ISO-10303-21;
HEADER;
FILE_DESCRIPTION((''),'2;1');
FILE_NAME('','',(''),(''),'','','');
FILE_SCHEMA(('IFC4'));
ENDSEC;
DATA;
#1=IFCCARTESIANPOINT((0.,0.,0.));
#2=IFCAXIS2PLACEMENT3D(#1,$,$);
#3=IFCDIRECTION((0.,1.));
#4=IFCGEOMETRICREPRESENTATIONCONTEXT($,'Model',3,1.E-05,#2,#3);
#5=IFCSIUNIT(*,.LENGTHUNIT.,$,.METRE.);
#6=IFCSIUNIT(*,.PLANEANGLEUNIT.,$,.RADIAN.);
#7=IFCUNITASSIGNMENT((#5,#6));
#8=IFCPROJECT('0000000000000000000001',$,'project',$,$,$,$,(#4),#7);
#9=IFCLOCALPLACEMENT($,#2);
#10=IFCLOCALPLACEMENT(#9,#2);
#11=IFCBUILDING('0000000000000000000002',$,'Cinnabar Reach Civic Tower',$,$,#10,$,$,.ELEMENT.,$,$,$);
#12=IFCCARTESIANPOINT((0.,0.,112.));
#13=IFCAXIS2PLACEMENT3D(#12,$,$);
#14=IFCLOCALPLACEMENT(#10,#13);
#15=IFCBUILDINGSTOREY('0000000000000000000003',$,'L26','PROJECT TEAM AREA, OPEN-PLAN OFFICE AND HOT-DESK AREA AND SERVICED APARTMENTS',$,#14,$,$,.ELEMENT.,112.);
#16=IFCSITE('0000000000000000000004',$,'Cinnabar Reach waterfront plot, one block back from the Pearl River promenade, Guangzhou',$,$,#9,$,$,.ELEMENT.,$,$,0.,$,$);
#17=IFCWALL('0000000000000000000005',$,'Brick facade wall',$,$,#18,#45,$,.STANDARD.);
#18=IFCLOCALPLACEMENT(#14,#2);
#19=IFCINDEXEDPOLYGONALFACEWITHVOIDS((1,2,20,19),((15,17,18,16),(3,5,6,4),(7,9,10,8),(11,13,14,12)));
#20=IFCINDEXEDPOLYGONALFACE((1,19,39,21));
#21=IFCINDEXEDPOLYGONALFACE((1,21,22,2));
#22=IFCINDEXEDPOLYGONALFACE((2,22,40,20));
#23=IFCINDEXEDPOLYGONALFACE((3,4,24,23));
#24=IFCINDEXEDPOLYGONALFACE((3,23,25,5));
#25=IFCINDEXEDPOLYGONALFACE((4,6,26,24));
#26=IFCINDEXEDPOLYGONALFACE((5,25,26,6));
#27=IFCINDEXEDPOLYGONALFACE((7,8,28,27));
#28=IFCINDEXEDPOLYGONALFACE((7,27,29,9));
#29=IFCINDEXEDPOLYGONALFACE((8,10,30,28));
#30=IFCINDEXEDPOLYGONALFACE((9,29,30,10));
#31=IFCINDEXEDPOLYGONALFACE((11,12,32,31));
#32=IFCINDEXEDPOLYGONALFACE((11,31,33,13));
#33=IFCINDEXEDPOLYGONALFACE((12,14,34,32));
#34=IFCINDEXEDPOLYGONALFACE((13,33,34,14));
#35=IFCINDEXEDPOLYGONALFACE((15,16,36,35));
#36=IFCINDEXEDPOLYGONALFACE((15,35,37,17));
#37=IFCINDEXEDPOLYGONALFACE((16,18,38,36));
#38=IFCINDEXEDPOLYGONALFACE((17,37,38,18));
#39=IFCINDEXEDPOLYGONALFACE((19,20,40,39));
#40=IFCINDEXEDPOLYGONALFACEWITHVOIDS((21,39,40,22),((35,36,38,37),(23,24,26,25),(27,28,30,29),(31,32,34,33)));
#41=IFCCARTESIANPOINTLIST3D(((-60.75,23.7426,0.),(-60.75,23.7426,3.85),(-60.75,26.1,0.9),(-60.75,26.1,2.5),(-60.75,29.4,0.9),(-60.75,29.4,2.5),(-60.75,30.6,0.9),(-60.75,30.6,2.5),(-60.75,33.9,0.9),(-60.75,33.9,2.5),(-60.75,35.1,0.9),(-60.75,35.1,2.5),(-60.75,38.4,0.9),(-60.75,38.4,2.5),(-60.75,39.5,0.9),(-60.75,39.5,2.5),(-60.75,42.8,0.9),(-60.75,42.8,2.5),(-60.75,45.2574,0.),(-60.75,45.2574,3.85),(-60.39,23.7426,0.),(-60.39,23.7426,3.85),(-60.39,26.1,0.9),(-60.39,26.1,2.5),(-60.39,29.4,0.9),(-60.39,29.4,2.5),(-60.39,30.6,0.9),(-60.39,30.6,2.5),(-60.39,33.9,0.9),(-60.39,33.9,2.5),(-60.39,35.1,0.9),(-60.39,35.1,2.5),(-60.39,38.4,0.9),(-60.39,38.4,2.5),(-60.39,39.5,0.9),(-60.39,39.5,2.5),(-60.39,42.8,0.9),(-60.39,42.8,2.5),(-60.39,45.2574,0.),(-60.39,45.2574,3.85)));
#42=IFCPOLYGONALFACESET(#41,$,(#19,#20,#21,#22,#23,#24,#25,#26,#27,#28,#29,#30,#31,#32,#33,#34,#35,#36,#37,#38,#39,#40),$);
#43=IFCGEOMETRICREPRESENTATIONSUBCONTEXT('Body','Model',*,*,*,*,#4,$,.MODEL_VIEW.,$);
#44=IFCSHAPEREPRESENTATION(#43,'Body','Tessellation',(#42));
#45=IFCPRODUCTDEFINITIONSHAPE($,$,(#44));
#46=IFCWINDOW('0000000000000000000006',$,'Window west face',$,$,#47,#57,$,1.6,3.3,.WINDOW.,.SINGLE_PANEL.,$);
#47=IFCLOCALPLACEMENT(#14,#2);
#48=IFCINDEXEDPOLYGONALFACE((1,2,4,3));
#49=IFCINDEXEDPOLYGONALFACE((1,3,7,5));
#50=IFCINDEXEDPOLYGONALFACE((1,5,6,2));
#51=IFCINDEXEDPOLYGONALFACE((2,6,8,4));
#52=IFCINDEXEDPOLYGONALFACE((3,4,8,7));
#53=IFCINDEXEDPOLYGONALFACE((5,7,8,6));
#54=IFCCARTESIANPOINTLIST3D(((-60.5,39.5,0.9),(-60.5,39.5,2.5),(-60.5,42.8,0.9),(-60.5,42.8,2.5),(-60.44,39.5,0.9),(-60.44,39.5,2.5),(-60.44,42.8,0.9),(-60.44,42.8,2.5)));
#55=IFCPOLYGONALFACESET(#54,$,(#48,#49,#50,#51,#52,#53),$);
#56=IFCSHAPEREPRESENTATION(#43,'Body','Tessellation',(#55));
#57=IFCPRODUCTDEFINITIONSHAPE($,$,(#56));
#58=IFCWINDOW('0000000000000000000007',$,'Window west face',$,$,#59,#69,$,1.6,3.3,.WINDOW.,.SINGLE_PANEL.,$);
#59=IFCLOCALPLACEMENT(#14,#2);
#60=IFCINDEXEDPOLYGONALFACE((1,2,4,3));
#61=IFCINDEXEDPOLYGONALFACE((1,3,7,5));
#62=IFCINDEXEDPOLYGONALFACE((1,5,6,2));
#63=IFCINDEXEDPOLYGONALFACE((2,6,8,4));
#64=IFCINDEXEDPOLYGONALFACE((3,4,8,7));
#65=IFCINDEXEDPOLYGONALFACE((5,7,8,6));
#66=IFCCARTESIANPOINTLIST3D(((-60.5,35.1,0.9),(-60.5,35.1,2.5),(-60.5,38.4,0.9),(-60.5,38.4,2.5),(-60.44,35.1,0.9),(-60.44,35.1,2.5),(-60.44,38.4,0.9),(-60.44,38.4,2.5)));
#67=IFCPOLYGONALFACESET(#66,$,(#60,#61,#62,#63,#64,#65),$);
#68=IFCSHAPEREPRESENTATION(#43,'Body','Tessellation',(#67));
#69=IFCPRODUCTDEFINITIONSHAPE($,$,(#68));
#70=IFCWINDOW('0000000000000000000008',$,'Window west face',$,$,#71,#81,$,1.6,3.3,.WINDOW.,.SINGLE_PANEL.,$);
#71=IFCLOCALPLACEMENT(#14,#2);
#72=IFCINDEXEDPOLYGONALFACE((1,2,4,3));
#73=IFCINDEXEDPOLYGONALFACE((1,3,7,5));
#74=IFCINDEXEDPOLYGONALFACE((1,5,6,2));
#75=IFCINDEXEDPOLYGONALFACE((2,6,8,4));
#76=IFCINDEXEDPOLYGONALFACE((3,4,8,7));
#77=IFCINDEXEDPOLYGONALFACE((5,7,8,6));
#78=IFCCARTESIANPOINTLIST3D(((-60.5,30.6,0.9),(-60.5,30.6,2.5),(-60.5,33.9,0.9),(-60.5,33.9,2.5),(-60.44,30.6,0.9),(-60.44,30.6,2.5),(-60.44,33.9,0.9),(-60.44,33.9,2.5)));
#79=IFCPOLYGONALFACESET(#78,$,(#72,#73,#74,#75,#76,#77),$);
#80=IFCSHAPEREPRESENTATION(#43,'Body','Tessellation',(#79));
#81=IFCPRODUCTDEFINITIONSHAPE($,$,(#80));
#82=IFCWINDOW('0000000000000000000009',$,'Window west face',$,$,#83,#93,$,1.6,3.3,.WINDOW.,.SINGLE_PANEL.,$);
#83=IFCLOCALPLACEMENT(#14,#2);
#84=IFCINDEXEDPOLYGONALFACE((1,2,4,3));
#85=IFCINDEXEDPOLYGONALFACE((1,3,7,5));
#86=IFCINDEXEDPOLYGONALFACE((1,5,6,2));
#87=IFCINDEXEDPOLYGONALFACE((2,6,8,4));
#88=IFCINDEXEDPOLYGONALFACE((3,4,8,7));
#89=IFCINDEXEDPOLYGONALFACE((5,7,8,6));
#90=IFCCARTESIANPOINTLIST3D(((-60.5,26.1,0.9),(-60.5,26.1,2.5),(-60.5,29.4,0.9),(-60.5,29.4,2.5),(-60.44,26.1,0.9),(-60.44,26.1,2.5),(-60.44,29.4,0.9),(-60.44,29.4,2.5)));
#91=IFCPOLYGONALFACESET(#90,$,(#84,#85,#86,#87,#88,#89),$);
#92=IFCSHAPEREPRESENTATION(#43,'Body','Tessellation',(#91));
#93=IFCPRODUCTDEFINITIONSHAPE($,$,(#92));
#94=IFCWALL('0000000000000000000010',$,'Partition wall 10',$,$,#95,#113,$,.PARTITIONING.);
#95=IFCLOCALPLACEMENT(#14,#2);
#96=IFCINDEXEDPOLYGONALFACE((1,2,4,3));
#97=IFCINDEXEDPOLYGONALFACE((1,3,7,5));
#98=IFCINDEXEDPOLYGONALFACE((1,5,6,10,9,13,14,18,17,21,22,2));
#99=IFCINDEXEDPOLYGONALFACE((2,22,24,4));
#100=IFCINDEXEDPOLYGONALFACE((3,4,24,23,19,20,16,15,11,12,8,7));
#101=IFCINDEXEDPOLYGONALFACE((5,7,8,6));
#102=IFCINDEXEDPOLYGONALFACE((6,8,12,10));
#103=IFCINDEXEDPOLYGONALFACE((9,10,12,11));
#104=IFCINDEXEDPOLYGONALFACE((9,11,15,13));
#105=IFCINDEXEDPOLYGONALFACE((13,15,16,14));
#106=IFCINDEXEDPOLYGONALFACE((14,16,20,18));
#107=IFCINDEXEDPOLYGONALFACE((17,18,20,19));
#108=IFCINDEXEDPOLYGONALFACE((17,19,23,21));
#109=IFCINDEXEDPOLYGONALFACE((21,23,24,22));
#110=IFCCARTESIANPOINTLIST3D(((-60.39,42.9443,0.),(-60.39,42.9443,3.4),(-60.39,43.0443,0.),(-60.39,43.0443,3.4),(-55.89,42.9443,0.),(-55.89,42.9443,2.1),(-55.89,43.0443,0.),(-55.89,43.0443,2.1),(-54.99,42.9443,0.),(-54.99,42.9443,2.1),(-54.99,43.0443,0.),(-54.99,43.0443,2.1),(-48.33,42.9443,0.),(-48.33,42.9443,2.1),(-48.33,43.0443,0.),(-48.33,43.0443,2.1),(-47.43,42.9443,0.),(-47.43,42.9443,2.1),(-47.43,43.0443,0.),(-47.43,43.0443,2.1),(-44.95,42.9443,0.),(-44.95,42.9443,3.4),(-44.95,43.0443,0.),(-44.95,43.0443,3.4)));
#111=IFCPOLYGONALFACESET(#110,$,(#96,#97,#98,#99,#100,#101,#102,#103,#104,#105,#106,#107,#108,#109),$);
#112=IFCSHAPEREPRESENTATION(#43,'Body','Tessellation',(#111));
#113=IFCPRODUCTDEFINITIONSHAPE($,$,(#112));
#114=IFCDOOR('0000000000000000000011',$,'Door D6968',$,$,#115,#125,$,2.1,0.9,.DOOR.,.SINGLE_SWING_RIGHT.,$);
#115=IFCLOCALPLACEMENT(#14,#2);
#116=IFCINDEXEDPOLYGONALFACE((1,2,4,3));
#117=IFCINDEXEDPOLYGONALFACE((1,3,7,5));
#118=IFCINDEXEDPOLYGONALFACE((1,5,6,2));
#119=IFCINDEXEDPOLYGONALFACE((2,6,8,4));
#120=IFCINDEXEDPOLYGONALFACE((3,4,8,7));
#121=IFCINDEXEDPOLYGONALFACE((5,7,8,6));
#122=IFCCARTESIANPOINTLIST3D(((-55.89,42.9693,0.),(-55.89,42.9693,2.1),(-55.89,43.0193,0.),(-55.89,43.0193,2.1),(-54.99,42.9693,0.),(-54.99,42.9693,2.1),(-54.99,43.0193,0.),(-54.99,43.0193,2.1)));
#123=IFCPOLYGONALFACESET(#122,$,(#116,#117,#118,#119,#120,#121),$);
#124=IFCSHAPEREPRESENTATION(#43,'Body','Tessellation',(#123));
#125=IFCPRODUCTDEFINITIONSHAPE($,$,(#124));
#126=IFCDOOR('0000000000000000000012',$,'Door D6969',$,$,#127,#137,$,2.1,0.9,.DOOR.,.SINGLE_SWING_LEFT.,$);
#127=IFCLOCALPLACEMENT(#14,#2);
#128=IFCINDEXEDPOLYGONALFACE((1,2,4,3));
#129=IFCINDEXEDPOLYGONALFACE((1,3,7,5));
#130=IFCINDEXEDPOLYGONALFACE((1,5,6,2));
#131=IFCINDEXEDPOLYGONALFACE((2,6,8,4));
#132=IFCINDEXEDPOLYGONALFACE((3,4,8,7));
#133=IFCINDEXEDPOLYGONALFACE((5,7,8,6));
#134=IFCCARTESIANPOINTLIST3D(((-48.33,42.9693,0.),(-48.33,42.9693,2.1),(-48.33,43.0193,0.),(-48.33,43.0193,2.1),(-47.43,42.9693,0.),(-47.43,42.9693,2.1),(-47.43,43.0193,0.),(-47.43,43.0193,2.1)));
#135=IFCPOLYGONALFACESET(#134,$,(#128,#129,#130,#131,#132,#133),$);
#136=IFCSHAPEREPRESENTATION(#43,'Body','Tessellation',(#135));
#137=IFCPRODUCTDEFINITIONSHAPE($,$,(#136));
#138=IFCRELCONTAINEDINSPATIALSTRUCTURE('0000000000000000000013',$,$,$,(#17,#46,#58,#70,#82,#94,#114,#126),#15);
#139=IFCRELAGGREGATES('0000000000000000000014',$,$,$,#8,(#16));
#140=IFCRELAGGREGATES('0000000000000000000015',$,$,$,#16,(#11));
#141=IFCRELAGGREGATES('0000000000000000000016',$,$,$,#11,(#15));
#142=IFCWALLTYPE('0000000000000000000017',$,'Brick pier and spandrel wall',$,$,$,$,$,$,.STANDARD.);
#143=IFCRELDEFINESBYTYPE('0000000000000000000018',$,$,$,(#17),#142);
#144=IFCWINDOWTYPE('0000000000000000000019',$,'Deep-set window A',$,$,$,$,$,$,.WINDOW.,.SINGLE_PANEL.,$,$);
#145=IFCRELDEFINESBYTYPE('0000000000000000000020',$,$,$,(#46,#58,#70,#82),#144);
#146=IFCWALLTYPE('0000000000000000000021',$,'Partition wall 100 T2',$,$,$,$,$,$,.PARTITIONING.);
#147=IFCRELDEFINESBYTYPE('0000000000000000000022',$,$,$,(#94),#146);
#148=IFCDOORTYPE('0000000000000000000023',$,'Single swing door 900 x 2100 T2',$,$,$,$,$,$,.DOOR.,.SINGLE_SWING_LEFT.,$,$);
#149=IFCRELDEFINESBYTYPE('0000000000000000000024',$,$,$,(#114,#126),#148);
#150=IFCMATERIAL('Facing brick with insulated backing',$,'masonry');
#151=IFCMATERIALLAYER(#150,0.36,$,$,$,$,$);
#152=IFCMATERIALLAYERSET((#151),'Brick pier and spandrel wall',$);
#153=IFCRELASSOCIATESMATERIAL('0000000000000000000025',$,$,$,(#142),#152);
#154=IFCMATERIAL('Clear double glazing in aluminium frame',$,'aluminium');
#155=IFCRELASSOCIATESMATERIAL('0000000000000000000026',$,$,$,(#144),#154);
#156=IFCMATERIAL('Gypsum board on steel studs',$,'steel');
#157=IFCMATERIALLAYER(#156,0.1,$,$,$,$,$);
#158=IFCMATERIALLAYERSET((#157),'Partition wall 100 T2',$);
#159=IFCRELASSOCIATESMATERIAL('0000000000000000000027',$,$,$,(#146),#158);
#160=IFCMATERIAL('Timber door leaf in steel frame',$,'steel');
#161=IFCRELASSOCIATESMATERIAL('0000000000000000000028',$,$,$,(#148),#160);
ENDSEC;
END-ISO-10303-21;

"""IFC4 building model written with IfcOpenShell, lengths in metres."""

from ifc_helpers import new_model, si_unit, direction, frame, frame_2d, origin, place, context, subcontext, project, spatial, rectangle, extrude, material, layer, layer_set, type_object, element, fill, save


model = new_model("IFC4")

# Units and contexts
model_context = context("Model", 3, precision=1e-05, world=origin(), true_north=direction((0.0, 1.0)))
body_context = subcontext(model_context, "Body", "Model", "MODEL_VIEW")
ifc_project = project(units=[si_unit("LENGTHUNIT", "METRE"), si_unit("PLANEANGLEUNIT", "RADIAN")], contexts=[model_context])

# Site, building, storey
site_placement = place(None, origin())
site = spatial("IfcSite", under=ifc_project, at=site_placement, Name="Cinnabar Reach waterfront plot, one block back from the Pearl River promenade, Guangzhou", CompositionType="ELEMENT", RefElevation=0.0)
building_placement = place(site_placement, origin())
building = spatial("IfcBuilding", under=site, at=building_placement, Name="Cinnabar Reach Civic Tower", CompositionType="ELEMENT")
storey_placement = place(building_placement, frame((0.0, 0.0, 112.0)))
storey = spatial("IfcBuildingStorey", under=building, at=storey_placement, Name="L26", Description="PROJECT TEAM AREA, OPEN-PLAN OFFICE AND HOT-DESK AREA AND SERVICED APARTMENTS", CompositionType="ELEMENT", Elevation=112.0)

# Shared definitions
ifc_material_1 = material(Name="Facing brick with insulated backing", Category="masonry")
ifc_layer_1 = layer(ifc_material_1, 0.36)
ifc_layer_set_1 = layer_set([ifc_layer_1], Name="Brick pier and spandrel wall")
wall_type_1 = type_object("IfcWallType", Name="Brick pier and spandrel wall", PredefinedType="STANDARD", material=ifc_layer_set_1)

# Wall, openings, windows
wall_1_placement = place(storey_placement, frame((-60.57, 45.2574, 0.0), z_axis=(0.0, 0.0, 1.0), x_axis=(0.0, -1.0, 0.0)))
wall_1 = element("IfcWall", 1, at=wall_1_placement, inside=storey, type_object=wall_type_1, Name="Brick facade wall", PredefinedType="STANDARD", context=body_context, shape_type="SweptSolid", body=[
    extrude(rectangle(XDim=21.5148, YDim=0.36, at=frame_2d((10.7574, 0.0))), origin(), (0.0, 0.0, 1.0), 3.85),
])
opening_1_placement = place(wall_1_placement, frame((2.4574, 0.0, 0.9)))
opening_1 = element("IfcOpeningElement", 2, at=opening_1_placement, cuts=wall_1, PredefinedType="OPENING", context=body_context, shape_type="SweptSolid", body=[
    extrude(rectangle(XDim=3.3, YDim=1.6, at=frame_2d((1.65, 0.8))), frame((0.0, 0.19, 0.0), z_axis=(0.0, -1.0, 0.0), x_axis=(1.0, 0.0, 0.0)), (0.0, 0.0, 1.0), 0.38),
])
opening_2_placement = place(wall_1_placement, frame((6.8574, 0.0, 0.9)))
opening_2 = element("IfcOpeningElement", 3, at=opening_2_placement, cuts=wall_1, PredefinedType="OPENING", context=body_context, shape_type="SweptSolid", body=[
    extrude(rectangle(XDim=3.3, YDim=1.6, at=frame_2d((1.65, 0.8))), frame((0.0, 0.19, 0.0), z_axis=(0.0, -1.0, 0.0), x_axis=(1.0, 0.0, 0.0)), (0.0, 0.0, 1.0), 0.38),
])
opening_3_placement = place(wall_1_placement, frame((11.3574, 0.0, 0.9)))
opening_3 = element("IfcOpeningElement", 4, at=opening_3_placement, cuts=wall_1, PredefinedType="OPENING", context=body_context, shape_type="SweptSolid", body=[
    extrude(rectangle(XDim=3.3, YDim=1.6, at=frame_2d((1.65, 0.8))), frame((0.0, 0.19, 0.0), z_axis=(0.0, -1.0, 0.0), x_axis=(1.0, 0.0, 0.0)), (0.0, 0.0, 1.0), 0.38),
])
opening_4_placement = place(wall_1_placement, frame((15.8574, 0.0, 0.9)))
opening_4 = element("IfcOpeningElement", 5, at=opening_4_placement, cuts=wall_1, PredefinedType="OPENING", context=body_context, shape_type="SweptSolid", body=[
    extrude(rectangle(XDim=3.3, YDim=1.6, at=frame_2d((1.65, 0.8))), frame((0.0, 0.19, 0.0), z_axis=(0.0, -1.0, 0.0), x_axis=(1.0, 0.0, 0.0)), (0.0, 0.0, 1.0), 0.38),
])
ifc_material_2 = material(Name="Clear double glazing in aluminium frame", Category="aluminium")
window_type = type_object("IfcWindowType", Name="Deep-set window A", PartitioningType="SINGLE_PANEL", PredefinedType="WINDOW", material=ifc_material_2)
window_1_placement = place(opening_1_placement, origin())
window_1 = element("IfcWindow", 6, at=window_1_placement, inside=storey, type_object=window_type, Name="Window west face", OverallHeight=1.6, OverallWidth=3.3, PartitioningType="SINGLE_PANEL", PredefinedType="WINDOW", context=body_context, shape_type="SweptSolid", body=[
    extrude(rectangle(XDim=3.3, YDim=1.6, at=frame_2d((1.65, 0.8))), frame((0.0, 0.13, 0.0), z_axis=(0.0, -1.0, 0.0), x_axis=(1.0, 0.0, 0.0)), (0.0, 0.0, 1.0), 0.06),
])
fill(opening_1, window_1)
window_2_placement = place(opening_2_placement, origin())
window_2 = element("IfcWindow", 7, at=window_2_placement, inside=storey, type_object=window_type, Name="Window west face", OverallHeight=1.6, OverallWidth=3.3, PartitioningType="SINGLE_PANEL", PredefinedType="WINDOW", context=body_context, shape_type="SweptSolid", body=[
    extrude(rectangle(XDim=3.3, YDim=1.6, at=frame_2d((1.65, 0.8))), frame((0.0, 0.13, 0.0), z_axis=(0.0, -1.0, 0.0), x_axis=(1.0, 0.0, 0.0)), (0.0, 0.0, 1.0), 0.06),
])
fill(opening_2, window_2)
window_3_placement = place(opening_3_placement, origin())
window_3 = element("IfcWindow", 8, at=window_3_placement, inside=storey, type_object=window_type, Name="Window west face", OverallHeight=1.6, OverallWidth=3.3, PartitioningType="SINGLE_PANEL", PredefinedType="WINDOW", context=body_context, shape_type="SweptSolid", body=[
    extrude(rectangle(XDim=3.3, YDim=1.6, at=frame_2d((1.65, 0.8))), frame((0.0, 0.13, 0.0), z_axis=(0.0, -1.0, 0.0), x_axis=(1.0, 0.0, 0.0)), (0.0, 0.0, 1.0), 0.06),
])
fill(opening_3, window_3)
window_4_placement = place(opening_4_placement, origin())
window_4 = element("IfcWindow", 9, at=window_4_placement, inside=storey, type_object=window_type, Name="Window west face", OverallHeight=1.6, OverallWidth=3.3, PartitioningType="SINGLE_PANEL", PredefinedType="WINDOW", context=body_context, shape_type="SweptSolid", body=[
    extrude(rectangle(XDim=3.3, YDim=1.6, at=frame_2d((1.65, 0.8))), frame((0.0, 0.13, 0.0), z_axis=(0.0, -1.0, 0.0), x_axis=(1.0, 0.0, 0.0)), (0.0, 0.0, 1.0), 0.06),
])
fill(opening_4, window_4)

# Wall, openings, doors
ifc_material_3 = material(Name="Gypsum board on steel studs", Category="steel")
ifc_layer_2 = layer(ifc_material_3, 0.1)
ifc_layer_set_2 = layer_set([ifc_layer_2], Name="Partition wall 100 T2")
wall_type_2 = type_object("IfcWallType", Name="Partition wall 100 T2", PredefinedType="PARTITIONING", material=ifc_layer_set_2)
wall_2_placement = place(storey_placement, frame((-60.39, 42.9943, 0.0), z_axis=(0.0, 0.0, 1.0), x_axis=(1.0, 0.0, 0.0)))
wall_2 = element("IfcWall", 10, at=wall_2_placement, inside=storey, type_object=wall_type_2, Name="Partition wall 10", PredefinedType="PARTITIONING", context=body_context, shape_type="SweptSolid", body=[
    extrude(rectangle(XDim=15.44, YDim=0.1, at=frame_2d((7.72, 0.0))), origin(), (0.0, 0.0, 1.0), 3.4),
])
opening_5_placement = place(wall_2_placement, frame((4.5, 0.0, 0.0)))
opening_5 = element("IfcOpeningElement", 11, at=opening_5_placement, cuts=wall_2, PredefinedType="OPENING", context=body_context, shape_type="SweptSolid", body=[
    extrude(rectangle(XDim=0.9, YDim=2.1, at=frame_2d((0.45, 1.05))), frame((0.0, 0.06, 0.0), z_axis=(0.0, -1.0, 0.0), x_axis=(1.0, 0.0, 0.0)), (0.0, 0.0, 1.0), 0.12),
])
opening_6_placement = place(wall_2_placement, frame((12.06, 0.0, 0.0)))
opening_6 = element("IfcOpeningElement", 12, at=opening_6_placement, cuts=wall_2, PredefinedType="OPENING", context=body_context, shape_type="SweptSolid", body=[
    extrude(rectangle(XDim=0.9, YDim=2.1, at=frame_2d((0.45, 1.05))), frame((0.0, 0.06, 0.0), z_axis=(0.0, -1.0, 0.0), x_axis=(1.0, 0.0, 0.0)), (0.0, 0.0, 1.0), 0.12),
])
ifc_material_4 = material(Name="Timber door leaf in steel frame", Category="steel")
door_type = type_object("IfcDoorType", Name="Single swing door 900 x 2100 T2", OperationType="SINGLE_SWING_LEFT", PredefinedType="DOOR", material=ifc_material_4)
door_1_placement = place(opening_5_placement, frame((0.9, 0.0, 0.0), z_axis=(0.0, 0.0, 1.0), x_axis=(-1.0, 0.0, 0.0)))
door_1 = element("IfcDoor", 13, at=door_1_placement, inside=storey, type_object=door_type, Name="Door D6968", OperationType="SINGLE_SWING_RIGHT", OverallHeight=2.1, OverallWidth=0.9, PredefinedType="DOOR", context=body_context, shape_type="SweptSolid", body=[
    extrude(rectangle(XDim=0.9, YDim=2.1, at=frame_2d((0.45, 1.05))), frame((0.0, 0.025, 0.0), z_axis=(0.0, -1.0, 0.0), x_axis=(1.0, 0.0, 0.0)), (0.0, 0.0, 1.0), 0.05),
])
fill(opening_5, door_1)
door_2_placement = place(opening_6_placement, origin())
door_2 = element("IfcDoor", 14, at=door_2_placement, inside=storey, type_object=door_type, Name="Door D6969", OperationType="SINGLE_SWING_LEFT", OverallHeight=2.1, OverallWidth=0.9, PredefinedType="DOOR", context=body_context, shape_type="SweptSolid", body=[
    extrude(rectangle(XDim=0.9, YDim=2.1, at=frame_2d((0.45, 1.05))), frame((0.0, 0.025, 0.0), z_axis=(0.0, -1.0, 0.0), x_axis=(1.0, 0.0, 0.0)), (0.0, 0.0, 1.0), 0.05),
])
fill(opening_6, door_2)

save(model, "model.ifc")
